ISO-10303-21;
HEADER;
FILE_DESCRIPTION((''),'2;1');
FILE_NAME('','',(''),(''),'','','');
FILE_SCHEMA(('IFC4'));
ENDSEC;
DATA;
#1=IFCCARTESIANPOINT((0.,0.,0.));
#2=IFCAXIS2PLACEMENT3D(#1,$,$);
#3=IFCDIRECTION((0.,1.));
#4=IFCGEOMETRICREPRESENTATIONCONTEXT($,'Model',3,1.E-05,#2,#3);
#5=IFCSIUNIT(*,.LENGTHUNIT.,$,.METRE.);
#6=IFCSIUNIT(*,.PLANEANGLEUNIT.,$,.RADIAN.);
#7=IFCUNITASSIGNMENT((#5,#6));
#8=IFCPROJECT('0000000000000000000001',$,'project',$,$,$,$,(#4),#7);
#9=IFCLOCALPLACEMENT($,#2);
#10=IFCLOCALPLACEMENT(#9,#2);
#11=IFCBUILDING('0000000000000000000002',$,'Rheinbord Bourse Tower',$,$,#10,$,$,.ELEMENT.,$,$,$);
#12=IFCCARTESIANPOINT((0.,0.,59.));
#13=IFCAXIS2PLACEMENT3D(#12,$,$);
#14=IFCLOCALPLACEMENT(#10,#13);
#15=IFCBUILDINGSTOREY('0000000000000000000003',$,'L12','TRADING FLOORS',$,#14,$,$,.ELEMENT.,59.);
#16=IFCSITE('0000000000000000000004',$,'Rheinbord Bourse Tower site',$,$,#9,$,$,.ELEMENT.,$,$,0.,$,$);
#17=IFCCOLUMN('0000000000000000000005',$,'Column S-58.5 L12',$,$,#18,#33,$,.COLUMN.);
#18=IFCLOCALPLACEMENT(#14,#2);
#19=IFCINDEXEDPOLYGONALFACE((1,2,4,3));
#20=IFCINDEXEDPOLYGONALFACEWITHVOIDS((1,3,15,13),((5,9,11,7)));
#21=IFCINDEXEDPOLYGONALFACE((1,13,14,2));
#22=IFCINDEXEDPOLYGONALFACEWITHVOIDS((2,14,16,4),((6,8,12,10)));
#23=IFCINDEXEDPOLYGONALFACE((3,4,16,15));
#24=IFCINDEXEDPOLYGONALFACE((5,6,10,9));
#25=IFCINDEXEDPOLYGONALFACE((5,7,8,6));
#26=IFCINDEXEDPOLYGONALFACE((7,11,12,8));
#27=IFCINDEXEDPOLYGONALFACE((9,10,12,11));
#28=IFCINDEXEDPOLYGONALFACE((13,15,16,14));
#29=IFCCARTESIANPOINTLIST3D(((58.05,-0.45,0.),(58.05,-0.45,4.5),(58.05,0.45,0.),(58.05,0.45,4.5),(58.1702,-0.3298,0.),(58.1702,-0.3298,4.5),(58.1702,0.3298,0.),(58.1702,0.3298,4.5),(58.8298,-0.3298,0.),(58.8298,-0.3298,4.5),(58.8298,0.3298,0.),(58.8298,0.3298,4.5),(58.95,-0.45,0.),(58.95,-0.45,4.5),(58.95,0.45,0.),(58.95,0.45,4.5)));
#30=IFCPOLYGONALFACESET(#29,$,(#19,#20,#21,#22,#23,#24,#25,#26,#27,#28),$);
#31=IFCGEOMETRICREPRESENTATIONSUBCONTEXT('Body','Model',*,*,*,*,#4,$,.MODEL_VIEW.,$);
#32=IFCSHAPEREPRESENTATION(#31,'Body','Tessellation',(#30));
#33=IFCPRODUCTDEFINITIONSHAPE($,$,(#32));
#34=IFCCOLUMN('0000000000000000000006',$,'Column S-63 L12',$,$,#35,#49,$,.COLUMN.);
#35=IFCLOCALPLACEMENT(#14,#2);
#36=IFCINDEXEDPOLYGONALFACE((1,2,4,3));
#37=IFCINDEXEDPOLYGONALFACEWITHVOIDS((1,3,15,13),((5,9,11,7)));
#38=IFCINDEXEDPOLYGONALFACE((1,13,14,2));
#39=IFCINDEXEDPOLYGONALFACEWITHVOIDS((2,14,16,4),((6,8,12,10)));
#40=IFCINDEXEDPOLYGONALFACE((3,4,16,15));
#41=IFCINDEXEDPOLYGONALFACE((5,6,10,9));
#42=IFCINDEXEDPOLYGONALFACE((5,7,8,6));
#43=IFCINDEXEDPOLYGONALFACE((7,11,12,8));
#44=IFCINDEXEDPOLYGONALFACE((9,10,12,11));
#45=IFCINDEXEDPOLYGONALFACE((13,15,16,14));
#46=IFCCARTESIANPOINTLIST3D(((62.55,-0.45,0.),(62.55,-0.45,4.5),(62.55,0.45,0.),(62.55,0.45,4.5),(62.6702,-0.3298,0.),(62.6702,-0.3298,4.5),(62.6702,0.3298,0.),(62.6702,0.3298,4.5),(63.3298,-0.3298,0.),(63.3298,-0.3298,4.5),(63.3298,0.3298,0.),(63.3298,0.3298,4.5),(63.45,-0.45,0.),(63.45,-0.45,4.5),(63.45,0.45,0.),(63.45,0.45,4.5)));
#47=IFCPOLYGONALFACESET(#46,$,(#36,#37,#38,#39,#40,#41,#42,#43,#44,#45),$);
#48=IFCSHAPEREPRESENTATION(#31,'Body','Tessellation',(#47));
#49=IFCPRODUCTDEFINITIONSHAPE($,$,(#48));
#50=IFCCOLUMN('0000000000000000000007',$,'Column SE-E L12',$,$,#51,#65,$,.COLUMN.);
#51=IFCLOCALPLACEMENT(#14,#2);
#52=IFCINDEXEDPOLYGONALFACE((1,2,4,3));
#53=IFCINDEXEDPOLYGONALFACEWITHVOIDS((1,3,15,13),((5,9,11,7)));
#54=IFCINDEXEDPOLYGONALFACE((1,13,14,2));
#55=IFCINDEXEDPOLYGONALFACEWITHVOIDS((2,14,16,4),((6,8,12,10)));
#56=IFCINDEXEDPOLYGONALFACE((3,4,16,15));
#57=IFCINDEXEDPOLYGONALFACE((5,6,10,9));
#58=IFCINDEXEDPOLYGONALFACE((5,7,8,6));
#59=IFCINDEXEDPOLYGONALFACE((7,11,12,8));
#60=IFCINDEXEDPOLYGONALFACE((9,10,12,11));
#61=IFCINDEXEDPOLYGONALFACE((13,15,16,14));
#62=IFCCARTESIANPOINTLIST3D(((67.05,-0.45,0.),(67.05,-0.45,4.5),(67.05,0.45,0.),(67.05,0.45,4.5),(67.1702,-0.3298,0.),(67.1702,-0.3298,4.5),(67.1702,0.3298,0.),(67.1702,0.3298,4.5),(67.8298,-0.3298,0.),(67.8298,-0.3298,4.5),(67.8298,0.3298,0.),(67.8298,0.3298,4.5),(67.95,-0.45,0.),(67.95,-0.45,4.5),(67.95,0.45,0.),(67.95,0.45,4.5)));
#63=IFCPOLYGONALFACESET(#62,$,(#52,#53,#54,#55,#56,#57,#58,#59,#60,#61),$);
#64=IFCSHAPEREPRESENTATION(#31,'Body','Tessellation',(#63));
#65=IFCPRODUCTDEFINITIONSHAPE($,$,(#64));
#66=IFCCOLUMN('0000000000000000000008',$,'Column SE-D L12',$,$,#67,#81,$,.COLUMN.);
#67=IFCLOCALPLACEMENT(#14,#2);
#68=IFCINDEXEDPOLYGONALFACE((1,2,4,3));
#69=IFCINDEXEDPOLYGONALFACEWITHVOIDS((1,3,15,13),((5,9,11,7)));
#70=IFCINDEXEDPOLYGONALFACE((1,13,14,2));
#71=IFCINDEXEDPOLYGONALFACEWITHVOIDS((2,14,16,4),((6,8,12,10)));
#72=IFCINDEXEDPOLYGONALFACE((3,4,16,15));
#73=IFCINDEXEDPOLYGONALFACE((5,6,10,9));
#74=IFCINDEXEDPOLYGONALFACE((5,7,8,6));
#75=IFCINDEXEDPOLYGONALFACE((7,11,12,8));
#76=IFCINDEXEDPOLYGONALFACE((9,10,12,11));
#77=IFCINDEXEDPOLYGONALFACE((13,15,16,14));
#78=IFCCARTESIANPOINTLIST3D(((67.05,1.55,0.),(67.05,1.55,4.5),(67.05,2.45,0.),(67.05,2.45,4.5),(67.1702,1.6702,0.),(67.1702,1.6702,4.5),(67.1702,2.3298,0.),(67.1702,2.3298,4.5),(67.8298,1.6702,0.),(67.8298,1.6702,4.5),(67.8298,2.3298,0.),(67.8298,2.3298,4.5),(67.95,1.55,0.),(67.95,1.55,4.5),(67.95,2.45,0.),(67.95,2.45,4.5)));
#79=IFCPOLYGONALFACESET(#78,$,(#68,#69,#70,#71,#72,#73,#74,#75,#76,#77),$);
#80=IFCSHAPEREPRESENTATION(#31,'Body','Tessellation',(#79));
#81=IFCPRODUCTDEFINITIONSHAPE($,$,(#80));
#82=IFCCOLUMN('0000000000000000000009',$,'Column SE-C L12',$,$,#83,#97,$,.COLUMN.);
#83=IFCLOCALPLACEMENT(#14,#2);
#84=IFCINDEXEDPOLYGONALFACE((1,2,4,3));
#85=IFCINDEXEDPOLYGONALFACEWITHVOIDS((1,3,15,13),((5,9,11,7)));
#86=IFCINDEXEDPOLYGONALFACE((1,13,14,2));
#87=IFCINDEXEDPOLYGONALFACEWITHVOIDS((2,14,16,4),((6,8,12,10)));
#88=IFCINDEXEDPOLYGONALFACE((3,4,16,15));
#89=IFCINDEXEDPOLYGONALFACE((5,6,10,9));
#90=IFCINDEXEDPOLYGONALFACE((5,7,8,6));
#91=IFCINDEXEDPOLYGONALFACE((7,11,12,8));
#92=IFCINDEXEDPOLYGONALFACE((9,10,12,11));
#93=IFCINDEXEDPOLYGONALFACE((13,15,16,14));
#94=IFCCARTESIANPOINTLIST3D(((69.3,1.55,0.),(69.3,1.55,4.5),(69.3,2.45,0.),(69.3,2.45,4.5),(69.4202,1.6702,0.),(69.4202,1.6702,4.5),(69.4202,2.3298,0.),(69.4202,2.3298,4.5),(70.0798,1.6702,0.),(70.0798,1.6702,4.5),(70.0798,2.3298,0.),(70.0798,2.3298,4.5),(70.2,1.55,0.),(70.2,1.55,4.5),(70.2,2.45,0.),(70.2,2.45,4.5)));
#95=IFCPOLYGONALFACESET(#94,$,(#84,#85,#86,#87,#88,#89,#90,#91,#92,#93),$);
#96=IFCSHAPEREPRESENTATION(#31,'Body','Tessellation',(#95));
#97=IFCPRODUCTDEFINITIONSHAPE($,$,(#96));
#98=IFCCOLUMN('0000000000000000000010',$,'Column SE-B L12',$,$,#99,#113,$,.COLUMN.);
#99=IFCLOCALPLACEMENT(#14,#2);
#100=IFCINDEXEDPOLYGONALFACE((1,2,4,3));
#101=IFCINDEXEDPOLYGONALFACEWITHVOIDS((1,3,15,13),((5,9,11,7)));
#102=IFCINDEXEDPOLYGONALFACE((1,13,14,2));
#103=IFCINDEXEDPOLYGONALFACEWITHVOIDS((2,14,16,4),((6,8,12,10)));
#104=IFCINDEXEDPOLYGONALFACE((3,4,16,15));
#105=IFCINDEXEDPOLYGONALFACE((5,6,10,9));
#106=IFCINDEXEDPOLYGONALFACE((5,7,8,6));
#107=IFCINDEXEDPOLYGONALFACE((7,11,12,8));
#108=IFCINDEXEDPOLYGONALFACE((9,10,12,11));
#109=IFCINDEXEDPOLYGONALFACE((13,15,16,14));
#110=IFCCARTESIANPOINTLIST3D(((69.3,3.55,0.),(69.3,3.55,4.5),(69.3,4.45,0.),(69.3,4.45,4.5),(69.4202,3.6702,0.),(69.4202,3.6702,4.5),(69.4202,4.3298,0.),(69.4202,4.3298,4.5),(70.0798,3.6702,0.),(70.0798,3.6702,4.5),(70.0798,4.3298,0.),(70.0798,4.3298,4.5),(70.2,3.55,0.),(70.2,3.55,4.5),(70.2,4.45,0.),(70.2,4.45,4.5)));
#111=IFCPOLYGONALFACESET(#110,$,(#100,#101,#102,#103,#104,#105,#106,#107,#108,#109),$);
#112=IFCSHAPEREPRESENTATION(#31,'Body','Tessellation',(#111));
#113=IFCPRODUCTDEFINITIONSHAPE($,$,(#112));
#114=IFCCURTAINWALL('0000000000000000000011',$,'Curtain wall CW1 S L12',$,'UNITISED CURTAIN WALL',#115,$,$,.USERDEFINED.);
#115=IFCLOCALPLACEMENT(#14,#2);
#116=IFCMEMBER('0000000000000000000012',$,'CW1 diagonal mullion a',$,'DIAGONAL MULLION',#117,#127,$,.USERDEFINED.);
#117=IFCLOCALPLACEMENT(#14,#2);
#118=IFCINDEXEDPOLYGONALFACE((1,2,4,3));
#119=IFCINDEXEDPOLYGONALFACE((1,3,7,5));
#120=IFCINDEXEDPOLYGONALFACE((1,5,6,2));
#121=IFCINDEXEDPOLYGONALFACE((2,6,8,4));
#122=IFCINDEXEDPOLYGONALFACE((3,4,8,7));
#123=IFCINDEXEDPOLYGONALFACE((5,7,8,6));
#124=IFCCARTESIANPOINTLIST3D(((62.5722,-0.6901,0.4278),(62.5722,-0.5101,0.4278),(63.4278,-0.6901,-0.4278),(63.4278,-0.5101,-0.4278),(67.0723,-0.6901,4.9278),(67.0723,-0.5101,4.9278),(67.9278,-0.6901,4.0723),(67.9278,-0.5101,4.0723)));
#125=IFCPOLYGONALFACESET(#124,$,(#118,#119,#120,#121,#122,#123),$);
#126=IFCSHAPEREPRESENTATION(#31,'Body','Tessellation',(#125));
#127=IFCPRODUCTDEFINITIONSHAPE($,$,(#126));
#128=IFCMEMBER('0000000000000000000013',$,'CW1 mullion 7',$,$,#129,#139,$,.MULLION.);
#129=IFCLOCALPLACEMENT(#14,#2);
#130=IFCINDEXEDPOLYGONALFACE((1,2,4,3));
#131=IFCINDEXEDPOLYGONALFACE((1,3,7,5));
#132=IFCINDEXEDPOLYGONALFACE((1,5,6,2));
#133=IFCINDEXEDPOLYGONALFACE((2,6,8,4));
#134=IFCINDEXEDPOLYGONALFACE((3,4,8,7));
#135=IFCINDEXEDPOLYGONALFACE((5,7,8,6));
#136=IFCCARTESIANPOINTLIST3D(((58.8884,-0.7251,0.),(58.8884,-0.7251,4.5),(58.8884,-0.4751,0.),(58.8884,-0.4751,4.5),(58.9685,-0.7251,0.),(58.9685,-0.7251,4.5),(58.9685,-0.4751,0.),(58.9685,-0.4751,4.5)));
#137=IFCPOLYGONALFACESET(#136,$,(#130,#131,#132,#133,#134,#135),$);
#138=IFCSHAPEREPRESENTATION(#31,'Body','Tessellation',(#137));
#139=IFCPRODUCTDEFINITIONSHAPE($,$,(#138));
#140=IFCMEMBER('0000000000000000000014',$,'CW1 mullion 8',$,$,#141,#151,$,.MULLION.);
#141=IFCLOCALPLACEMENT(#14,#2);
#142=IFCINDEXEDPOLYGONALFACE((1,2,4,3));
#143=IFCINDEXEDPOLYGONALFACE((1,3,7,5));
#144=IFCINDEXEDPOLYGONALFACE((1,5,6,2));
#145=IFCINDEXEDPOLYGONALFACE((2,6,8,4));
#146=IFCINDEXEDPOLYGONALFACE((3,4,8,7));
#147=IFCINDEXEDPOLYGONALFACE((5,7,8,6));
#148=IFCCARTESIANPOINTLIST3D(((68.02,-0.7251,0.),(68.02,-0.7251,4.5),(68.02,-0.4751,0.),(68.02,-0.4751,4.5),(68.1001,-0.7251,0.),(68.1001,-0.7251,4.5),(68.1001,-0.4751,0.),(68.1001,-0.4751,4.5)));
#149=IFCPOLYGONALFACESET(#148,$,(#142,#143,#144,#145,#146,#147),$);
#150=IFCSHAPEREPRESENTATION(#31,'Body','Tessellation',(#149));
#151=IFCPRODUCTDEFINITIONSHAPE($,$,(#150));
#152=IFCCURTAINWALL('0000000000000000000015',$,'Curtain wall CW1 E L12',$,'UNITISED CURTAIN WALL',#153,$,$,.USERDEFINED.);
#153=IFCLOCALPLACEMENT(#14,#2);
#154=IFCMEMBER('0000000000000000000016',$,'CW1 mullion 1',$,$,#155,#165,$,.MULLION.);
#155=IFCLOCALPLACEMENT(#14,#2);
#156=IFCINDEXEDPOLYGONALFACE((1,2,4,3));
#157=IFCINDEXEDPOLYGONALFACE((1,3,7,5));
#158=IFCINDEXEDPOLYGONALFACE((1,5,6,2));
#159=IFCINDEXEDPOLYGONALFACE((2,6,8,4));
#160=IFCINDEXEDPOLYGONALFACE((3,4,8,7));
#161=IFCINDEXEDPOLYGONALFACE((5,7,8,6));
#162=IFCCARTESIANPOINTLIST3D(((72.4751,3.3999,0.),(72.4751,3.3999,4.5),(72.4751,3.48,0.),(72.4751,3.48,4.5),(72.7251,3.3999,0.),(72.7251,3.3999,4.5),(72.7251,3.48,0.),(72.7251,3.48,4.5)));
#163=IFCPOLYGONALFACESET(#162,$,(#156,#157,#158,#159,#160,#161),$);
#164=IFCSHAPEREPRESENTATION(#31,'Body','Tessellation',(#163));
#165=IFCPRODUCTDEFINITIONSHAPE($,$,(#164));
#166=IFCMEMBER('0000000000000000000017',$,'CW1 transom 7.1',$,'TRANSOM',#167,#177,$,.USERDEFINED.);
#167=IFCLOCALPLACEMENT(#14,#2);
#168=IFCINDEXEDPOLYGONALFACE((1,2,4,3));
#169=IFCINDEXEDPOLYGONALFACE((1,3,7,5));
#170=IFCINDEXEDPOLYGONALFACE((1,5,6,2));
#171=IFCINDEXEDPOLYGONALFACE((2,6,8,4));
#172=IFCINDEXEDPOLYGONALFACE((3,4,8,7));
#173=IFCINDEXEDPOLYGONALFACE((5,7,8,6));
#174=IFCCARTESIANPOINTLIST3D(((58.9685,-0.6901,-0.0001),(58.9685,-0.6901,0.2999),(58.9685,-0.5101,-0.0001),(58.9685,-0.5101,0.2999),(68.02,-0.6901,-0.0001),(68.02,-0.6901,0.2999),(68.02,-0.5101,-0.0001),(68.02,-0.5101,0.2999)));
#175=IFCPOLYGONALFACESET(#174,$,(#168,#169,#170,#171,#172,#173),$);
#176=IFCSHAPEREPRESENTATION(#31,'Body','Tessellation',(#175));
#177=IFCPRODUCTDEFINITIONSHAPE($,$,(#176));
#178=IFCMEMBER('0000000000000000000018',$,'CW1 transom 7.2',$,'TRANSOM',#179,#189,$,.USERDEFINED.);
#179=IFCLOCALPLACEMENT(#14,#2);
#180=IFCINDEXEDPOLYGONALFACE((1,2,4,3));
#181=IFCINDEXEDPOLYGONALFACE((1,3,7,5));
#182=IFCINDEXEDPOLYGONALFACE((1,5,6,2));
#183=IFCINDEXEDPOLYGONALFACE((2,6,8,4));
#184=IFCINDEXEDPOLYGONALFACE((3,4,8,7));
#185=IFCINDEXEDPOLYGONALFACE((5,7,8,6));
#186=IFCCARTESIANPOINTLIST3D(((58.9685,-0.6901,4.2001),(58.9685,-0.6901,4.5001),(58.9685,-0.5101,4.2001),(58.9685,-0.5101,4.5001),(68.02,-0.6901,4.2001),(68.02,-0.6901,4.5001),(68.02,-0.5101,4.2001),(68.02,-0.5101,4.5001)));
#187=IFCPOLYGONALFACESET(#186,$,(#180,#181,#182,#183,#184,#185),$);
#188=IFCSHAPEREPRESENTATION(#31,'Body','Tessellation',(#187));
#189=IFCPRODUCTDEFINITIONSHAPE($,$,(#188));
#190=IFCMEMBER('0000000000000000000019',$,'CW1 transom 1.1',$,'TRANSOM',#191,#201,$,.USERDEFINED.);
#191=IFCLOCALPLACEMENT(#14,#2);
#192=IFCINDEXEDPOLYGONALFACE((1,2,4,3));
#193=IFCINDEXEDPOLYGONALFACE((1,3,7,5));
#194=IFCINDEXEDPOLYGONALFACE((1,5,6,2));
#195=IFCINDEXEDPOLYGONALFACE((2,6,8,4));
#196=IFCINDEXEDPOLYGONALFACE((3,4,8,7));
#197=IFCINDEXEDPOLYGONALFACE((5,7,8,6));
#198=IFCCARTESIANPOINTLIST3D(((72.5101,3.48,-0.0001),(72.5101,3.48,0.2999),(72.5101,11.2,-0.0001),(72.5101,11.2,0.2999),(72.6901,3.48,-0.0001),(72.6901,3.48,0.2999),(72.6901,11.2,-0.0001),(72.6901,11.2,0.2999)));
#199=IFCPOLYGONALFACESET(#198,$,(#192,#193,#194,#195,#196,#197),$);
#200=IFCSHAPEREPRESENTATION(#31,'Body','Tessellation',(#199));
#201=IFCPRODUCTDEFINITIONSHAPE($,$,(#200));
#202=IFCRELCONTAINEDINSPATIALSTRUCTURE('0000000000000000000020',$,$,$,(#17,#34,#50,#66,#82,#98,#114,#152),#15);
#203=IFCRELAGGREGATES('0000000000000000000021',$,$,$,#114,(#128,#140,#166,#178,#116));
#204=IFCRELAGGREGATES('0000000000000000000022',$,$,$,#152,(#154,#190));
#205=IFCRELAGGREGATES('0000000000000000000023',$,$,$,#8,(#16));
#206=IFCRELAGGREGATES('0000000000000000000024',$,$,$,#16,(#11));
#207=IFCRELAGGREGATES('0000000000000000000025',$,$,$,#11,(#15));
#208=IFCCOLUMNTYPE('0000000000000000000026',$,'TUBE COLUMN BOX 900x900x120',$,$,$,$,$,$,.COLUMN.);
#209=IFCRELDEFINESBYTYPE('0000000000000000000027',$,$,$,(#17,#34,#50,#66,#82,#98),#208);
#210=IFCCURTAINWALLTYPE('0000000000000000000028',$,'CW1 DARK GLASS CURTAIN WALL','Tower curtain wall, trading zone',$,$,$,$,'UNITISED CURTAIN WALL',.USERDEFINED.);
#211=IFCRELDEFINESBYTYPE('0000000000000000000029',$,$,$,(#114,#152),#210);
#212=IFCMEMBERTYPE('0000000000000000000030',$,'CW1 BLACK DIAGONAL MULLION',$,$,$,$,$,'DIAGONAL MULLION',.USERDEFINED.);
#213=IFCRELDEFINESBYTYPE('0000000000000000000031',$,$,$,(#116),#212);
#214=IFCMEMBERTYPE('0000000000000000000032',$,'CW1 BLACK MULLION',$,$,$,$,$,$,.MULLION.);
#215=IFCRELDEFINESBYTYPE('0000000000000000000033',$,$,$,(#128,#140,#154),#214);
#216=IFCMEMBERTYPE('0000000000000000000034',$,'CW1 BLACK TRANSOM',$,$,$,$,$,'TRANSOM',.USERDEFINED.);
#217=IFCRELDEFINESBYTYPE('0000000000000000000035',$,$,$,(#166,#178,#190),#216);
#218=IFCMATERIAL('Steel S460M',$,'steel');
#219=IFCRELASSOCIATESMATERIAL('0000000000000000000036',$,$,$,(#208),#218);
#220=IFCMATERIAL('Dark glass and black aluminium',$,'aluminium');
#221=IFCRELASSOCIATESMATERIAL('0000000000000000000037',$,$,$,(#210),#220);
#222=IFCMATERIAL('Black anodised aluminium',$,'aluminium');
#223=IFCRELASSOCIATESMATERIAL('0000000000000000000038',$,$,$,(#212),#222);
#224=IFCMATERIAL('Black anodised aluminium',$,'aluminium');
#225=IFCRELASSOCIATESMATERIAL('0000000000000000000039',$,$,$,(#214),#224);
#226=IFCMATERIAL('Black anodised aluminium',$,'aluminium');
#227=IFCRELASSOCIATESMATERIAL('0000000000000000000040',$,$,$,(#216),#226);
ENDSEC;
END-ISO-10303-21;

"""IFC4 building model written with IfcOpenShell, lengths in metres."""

from ifc_helpers import new_model, si_unit, direction, frame, origin, origin_2d, place, context, subcontext, project, spatial, rectangle, hollow_rectangle, extrude, material, material_profile, profile_set, type_object, element, aggregate, save


model = new_model("IFC4")

# Units and contexts
model_context = context("Model", 3, precision=1e-05, world=origin(), true_north=direction((0.0, 1.0)))
body_context = subcontext(model_context, "Body", "Model", "MODEL_VIEW")
ifc_project = project(units=[si_unit("LENGTHUNIT", "METRE"), si_unit("PLANEANGLEUNIT", "RADIAN")], contexts=[model_context])

# Site, building, storey
site_placement = place(None, origin())
site = spatial("IfcSite", under=ifc_project, at=site_placement, Name="Rheinbord Bourse Tower site", CompositionType="ELEMENT", RefElevation=0.0)
building_placement = place(site_placement, origin())
building = spatial("IfcBuilding", under=site, at=building_placement, Name="Rheinbord Bourse Tower", CompositionType="ELEMENT")
storey_placement = place(building_placement, frame((0.0, 0.0, 59.0)))
storey = spatial("IfcBuildingStorey", under=building, at=storey_placement, Name="L12", Description="TRADING FLOORS", CompositionType="ELEMENT", Elevation=59.0)

# Columns
ifc_material_1 = material(Name="Steel S460M", Category="steel")
ifc_material_profile_1 = material_profile(ifc_material_1, hollow_rectangle(XDim=0.8999, YDim=0.8999, WallThickness=0.1201, at=origin_2d()), Name="BOX 900x900x120")
ifc_profile_set_1 = profile_set([ifc_material_profile_1], Name="Steel S460M")
column_type = type_object("IfcColumnType", Name="TUBE COLUMN BOX 900x900x120", PredefinedType="COLUMN", material=ifc_profile_set_1)
for number, where, z_axis, x_axis, name in (
    (1, (58.5, 0.0, 0.0), (0.0, 0.0, 1.0), (0.0, 1.0, 0.0), "Column S-58.5 L12"),
    (2, (63.0, 0.0, 0.0), (0.0, 0.0, 1.0), (0.0, 1.0, 0.0), "Column S-63 L12"),
    (3, (67.5, 0.0, 0.0), (0.0, 0.0, 1.0), (0.0, 1.0, 0.0), "Column SE-E L12"),
    (4, (67.5, 2.0, 0.0), (0.0, 0.0, 1.0), (0.0, 1.0, 0.0), "Column SE-D L12"),
    (5, (69.75, 2.0, 0.0), (0.0, 0.0, 1.0), (1.0, 0.0, 0.0), "Column SE-C L12"),
    (6, (69.75, 4.0, 0.0), (0.0, 0.0, 1.0), (1.0, 0.0, 0.0), "Column SE-B L12"),
):
    element("IfcColumn", number, at=place(storey_placement, frame(where, z_axis=z_axis, x_axis=x_axis)), inside=storey, type_object=column_type, Name=name, PredefinedType="COLUMN", context=body_context, shape_type="SweptSolid", body=[
        extrude(hollow_rectangle(XDim=0.8999, YDim=0.8999, WallThickness=0.1201, at=origin_2d()), origin(), (0.0, 0.0, 1.0), 4.5),
    ])

# Curtain wall, members
ifc_material_2 = material(Name="Dark glass and black aluminium", Category="aluminium")
curtain_wall_type = type_object("IfcCurtainWallType", Name="CW1 DARK GLASS CURTAIN WALL", Description="Tower curtain wall, trading zone", ElementType="UNITISED CURTAIN WALL", PredefinedType="USERDEFINED", material=ifc_material_2)
curtain_wall_1_placement = place(storey_placement, origin())
curtain_wall_1 = element("IfcCurtainWall", 7, at=curtain_wall_1_placement, inside=storey, type_object=curtain_wall_type, Name="Curtain wall CW1 S L12", ObjectType="UNITISED CURTAIN WALL", PredefinedType="USERDEFINED")
ifc_material_3 = material(Name="Black anodised aluminium", Category="aluminium")
ifc_material_profile_2 = material_profile(ifc_material_3, rectangle(XDim=0.1799, YDim=1.21, at=origin_2d()), Name="CW1 DIAGONAL MULLION 1210x180")
ifc_profile_set_2 = profile_set([ifc_material_profile_2], Name="Black anodised aluminium")
member_type_1 = type_object("IfcMemberType", Name="CW1 BLACK DIAGONAL MULLION", ElementType="DIAGONAL MULLION", PredefinedType="USERDEFINED", material=ifc_profile_set_2)
member_1_placement = place(storey_placement, frame((63.0, -0.6001, 0.0), z_axis=(0.707107, 0.0, 0.707107), x_axis=(0.0, 1.0, 0.0)))
member_1 = element("IfcMember", 8, at=member_1_placement, type_object=member_type_1, Name="CW1 diagonal mullion a", ObjectType="DIAGONAL MULLION", PredefinedType="USERDEFINED", context=body_context, shape_type="SweptSolid", body=[
    extrude(rectangle(XDim=0.1799, YDim=1.21, at=origin_2d()), origin(), (0.0, 0.0, 1.0), 6.364),
])
ifc_material_4 = material(Name="Black anodised aluminium", Category="aluminium")
ifc_material_profile_3 = material_profile(ifc_material_4, rectangle(XDim=0.25, YDim=0.0801, at=origin_2d()), Name="CW1 MULLION 80x250")
ifc_profile_set_3 = profile_set([ifc_material_profile_3], Name="Black anodised aluminium")
member_type_2 = type_object("IfcMemberType", Name="CW1 BLACK MULLION", PredefinedType="MULLION", material=ifc_profile_set_3)
member_2_placement = place(storey_placement, frame((58.9285, -0.6001, 0.0), z_axis=(0.0, 0.0, 1.0), x_axis=(0.0, 1.0, 0.0)))
member_2 = element("IfcMember", 9, at=member_2_placement, type_object=member_type_2, Name="CW1 mullion 7", PredefinedType="MULLION", context=body_context, shape_type="SweptSolid", body=[
    extrude(rectangle(XDim=0.25, YDim=0.0801, at=origin_2d()), origin(), (0.0, 0.0, 1.0), 4.5),
])
member_3_placement = place(storey_placement, frame((68.0601, -0.6001, 0.0), z_axis=(0.0, 0.0, 1.0), x_axis=(0.0, 1.0, 0.0)))
member_3 = element("IfcMember", 10, at=member_3_placement, type_object=member_type_2, Name="CW1 mullion 8", PredefinedType="MULLION", context=body_context, shape_type="SweptSolid", body=[
    extrude(rectangle(XDim=0.25, YDim=0.0801, at=origin_2d()), origin(), (0.0, 0.0, 1.0), 4.5),
])

# Curtain wall, member
curtain_wall_2_placement = place(storey_placement, origin())
curtain_wall_2 = element("IfcCurtainWall", 11, at=curtain_wall_2_placement, inside=storey, type_object=curtain_wall_type, Name="Curtain wall CW1 E L12", ObjectType="UNITISED CURTAIN WALL", PredefinedType="USERDEFINED")
member_4_placement = place(storey_placement, frame((72.6001, 3.4399, 0.0), z_axis=(0.0, 0.0, 1.0), x_axis=(-1.0, 0.0, 0.0)))
member_4 = element("IfcMember", 12, at=member_4_placement, type_object=member_type_2, Name="CW1 mullion 1", PredefinedType="MULLION", context=body_context, shape_type="SweptSolid", body=[
    extrude(rectangle(XDim=0.25, YDim=0.0801, at=origin_2d()), origin(), (0.0, 0.0, 1.0), 4.5),
])

# Members
ifc_material_5 = material(Name="Black anodised aluminium", Category="aluminium")
ifc_material_profile_4 = material_profile(ifc_material_5, rectangle(XDim=0.1799, YDim=0.3, at=origin_2d()), Name="CW1 TRANSOM 300x180")
ifc_profile_set_4 = profile_set([ifc_material_profile_4], Name="Black anodised aluminium")
member_type_3 = type_object("IfcMemberType", Name="CW1 BLACK TRANSOM", ElementType="TRANSOM", PredefinedType="USERDEFINED", material=ifc_profile_set_4)
member_5_placement = place(storey_placement, frame((58.9685, -0.6001, 0.1499), z_axis=(1.0, 0.0, 0.0), x_axis=(0.0, 1.0, 0.0)))
member_5 = element("IfcMember", 13, at=member_5_placement, type_object=member_type_3, Name="CW1 transom 7.1", ObjectType="TRANSOM", PredefinedType="USERDEFINED", context=body_context, shape_type="SweptSolid", body=[
    extrude(rectangle(XDim=0.1799, YDim=0.3, at=origin_2d()), origin(), (0.0, 0.0, 1.0), 9.0515),
])
member_6_placement = place(storey_placement, frame((58.9685, -0.6001, 4.3501), z_axis=(1.0, 0.0, 0.0), x_axis=(0.0, 1.0, 0.0)))
member_6 = element("IfcMember", 14, at=member_6_placement, type_object=member_type_3, Name="CW1 transom 7.2", ObjectType="TRANSOM", PredefinedType="USERDEFINED", context=body_context, shape_type="SweptSolid", body=[
    extrude(rectangle(XDim=0.1799, YDim=0.3, at=origin_2d()), origin(), (0.0, 0.0, 1.0), 9.0515),
])
member_7_placement = place(storey_placement, frame((72.6001, 3.48, 0.1499), z_axis=(0.0, 1.0, 0.0), x_axis=(-1.0, 0.0, 0.0)))
member_7 = element("IfcMember", 15, at=member_7_placement, type_object=member_type_3, Name="CW1 transom 1.1", ObjectType="TRANSOM", PredefinedType="USERDEFINED", context=body_context, shape_type="SweptSolid", body=[
    extrude(rectangle(XDim=0.1799, YDim=0.3, at=origin_2d()), origin(), (0.0, 0.0, 1.0), 7.72),
])

aggregate(curtain_wall_1, [member_2, member_3, member_5, member_6, member_1])
aggregate(curtain_wall_2, [member_4, member_7])

save(model, "model.ifc")
